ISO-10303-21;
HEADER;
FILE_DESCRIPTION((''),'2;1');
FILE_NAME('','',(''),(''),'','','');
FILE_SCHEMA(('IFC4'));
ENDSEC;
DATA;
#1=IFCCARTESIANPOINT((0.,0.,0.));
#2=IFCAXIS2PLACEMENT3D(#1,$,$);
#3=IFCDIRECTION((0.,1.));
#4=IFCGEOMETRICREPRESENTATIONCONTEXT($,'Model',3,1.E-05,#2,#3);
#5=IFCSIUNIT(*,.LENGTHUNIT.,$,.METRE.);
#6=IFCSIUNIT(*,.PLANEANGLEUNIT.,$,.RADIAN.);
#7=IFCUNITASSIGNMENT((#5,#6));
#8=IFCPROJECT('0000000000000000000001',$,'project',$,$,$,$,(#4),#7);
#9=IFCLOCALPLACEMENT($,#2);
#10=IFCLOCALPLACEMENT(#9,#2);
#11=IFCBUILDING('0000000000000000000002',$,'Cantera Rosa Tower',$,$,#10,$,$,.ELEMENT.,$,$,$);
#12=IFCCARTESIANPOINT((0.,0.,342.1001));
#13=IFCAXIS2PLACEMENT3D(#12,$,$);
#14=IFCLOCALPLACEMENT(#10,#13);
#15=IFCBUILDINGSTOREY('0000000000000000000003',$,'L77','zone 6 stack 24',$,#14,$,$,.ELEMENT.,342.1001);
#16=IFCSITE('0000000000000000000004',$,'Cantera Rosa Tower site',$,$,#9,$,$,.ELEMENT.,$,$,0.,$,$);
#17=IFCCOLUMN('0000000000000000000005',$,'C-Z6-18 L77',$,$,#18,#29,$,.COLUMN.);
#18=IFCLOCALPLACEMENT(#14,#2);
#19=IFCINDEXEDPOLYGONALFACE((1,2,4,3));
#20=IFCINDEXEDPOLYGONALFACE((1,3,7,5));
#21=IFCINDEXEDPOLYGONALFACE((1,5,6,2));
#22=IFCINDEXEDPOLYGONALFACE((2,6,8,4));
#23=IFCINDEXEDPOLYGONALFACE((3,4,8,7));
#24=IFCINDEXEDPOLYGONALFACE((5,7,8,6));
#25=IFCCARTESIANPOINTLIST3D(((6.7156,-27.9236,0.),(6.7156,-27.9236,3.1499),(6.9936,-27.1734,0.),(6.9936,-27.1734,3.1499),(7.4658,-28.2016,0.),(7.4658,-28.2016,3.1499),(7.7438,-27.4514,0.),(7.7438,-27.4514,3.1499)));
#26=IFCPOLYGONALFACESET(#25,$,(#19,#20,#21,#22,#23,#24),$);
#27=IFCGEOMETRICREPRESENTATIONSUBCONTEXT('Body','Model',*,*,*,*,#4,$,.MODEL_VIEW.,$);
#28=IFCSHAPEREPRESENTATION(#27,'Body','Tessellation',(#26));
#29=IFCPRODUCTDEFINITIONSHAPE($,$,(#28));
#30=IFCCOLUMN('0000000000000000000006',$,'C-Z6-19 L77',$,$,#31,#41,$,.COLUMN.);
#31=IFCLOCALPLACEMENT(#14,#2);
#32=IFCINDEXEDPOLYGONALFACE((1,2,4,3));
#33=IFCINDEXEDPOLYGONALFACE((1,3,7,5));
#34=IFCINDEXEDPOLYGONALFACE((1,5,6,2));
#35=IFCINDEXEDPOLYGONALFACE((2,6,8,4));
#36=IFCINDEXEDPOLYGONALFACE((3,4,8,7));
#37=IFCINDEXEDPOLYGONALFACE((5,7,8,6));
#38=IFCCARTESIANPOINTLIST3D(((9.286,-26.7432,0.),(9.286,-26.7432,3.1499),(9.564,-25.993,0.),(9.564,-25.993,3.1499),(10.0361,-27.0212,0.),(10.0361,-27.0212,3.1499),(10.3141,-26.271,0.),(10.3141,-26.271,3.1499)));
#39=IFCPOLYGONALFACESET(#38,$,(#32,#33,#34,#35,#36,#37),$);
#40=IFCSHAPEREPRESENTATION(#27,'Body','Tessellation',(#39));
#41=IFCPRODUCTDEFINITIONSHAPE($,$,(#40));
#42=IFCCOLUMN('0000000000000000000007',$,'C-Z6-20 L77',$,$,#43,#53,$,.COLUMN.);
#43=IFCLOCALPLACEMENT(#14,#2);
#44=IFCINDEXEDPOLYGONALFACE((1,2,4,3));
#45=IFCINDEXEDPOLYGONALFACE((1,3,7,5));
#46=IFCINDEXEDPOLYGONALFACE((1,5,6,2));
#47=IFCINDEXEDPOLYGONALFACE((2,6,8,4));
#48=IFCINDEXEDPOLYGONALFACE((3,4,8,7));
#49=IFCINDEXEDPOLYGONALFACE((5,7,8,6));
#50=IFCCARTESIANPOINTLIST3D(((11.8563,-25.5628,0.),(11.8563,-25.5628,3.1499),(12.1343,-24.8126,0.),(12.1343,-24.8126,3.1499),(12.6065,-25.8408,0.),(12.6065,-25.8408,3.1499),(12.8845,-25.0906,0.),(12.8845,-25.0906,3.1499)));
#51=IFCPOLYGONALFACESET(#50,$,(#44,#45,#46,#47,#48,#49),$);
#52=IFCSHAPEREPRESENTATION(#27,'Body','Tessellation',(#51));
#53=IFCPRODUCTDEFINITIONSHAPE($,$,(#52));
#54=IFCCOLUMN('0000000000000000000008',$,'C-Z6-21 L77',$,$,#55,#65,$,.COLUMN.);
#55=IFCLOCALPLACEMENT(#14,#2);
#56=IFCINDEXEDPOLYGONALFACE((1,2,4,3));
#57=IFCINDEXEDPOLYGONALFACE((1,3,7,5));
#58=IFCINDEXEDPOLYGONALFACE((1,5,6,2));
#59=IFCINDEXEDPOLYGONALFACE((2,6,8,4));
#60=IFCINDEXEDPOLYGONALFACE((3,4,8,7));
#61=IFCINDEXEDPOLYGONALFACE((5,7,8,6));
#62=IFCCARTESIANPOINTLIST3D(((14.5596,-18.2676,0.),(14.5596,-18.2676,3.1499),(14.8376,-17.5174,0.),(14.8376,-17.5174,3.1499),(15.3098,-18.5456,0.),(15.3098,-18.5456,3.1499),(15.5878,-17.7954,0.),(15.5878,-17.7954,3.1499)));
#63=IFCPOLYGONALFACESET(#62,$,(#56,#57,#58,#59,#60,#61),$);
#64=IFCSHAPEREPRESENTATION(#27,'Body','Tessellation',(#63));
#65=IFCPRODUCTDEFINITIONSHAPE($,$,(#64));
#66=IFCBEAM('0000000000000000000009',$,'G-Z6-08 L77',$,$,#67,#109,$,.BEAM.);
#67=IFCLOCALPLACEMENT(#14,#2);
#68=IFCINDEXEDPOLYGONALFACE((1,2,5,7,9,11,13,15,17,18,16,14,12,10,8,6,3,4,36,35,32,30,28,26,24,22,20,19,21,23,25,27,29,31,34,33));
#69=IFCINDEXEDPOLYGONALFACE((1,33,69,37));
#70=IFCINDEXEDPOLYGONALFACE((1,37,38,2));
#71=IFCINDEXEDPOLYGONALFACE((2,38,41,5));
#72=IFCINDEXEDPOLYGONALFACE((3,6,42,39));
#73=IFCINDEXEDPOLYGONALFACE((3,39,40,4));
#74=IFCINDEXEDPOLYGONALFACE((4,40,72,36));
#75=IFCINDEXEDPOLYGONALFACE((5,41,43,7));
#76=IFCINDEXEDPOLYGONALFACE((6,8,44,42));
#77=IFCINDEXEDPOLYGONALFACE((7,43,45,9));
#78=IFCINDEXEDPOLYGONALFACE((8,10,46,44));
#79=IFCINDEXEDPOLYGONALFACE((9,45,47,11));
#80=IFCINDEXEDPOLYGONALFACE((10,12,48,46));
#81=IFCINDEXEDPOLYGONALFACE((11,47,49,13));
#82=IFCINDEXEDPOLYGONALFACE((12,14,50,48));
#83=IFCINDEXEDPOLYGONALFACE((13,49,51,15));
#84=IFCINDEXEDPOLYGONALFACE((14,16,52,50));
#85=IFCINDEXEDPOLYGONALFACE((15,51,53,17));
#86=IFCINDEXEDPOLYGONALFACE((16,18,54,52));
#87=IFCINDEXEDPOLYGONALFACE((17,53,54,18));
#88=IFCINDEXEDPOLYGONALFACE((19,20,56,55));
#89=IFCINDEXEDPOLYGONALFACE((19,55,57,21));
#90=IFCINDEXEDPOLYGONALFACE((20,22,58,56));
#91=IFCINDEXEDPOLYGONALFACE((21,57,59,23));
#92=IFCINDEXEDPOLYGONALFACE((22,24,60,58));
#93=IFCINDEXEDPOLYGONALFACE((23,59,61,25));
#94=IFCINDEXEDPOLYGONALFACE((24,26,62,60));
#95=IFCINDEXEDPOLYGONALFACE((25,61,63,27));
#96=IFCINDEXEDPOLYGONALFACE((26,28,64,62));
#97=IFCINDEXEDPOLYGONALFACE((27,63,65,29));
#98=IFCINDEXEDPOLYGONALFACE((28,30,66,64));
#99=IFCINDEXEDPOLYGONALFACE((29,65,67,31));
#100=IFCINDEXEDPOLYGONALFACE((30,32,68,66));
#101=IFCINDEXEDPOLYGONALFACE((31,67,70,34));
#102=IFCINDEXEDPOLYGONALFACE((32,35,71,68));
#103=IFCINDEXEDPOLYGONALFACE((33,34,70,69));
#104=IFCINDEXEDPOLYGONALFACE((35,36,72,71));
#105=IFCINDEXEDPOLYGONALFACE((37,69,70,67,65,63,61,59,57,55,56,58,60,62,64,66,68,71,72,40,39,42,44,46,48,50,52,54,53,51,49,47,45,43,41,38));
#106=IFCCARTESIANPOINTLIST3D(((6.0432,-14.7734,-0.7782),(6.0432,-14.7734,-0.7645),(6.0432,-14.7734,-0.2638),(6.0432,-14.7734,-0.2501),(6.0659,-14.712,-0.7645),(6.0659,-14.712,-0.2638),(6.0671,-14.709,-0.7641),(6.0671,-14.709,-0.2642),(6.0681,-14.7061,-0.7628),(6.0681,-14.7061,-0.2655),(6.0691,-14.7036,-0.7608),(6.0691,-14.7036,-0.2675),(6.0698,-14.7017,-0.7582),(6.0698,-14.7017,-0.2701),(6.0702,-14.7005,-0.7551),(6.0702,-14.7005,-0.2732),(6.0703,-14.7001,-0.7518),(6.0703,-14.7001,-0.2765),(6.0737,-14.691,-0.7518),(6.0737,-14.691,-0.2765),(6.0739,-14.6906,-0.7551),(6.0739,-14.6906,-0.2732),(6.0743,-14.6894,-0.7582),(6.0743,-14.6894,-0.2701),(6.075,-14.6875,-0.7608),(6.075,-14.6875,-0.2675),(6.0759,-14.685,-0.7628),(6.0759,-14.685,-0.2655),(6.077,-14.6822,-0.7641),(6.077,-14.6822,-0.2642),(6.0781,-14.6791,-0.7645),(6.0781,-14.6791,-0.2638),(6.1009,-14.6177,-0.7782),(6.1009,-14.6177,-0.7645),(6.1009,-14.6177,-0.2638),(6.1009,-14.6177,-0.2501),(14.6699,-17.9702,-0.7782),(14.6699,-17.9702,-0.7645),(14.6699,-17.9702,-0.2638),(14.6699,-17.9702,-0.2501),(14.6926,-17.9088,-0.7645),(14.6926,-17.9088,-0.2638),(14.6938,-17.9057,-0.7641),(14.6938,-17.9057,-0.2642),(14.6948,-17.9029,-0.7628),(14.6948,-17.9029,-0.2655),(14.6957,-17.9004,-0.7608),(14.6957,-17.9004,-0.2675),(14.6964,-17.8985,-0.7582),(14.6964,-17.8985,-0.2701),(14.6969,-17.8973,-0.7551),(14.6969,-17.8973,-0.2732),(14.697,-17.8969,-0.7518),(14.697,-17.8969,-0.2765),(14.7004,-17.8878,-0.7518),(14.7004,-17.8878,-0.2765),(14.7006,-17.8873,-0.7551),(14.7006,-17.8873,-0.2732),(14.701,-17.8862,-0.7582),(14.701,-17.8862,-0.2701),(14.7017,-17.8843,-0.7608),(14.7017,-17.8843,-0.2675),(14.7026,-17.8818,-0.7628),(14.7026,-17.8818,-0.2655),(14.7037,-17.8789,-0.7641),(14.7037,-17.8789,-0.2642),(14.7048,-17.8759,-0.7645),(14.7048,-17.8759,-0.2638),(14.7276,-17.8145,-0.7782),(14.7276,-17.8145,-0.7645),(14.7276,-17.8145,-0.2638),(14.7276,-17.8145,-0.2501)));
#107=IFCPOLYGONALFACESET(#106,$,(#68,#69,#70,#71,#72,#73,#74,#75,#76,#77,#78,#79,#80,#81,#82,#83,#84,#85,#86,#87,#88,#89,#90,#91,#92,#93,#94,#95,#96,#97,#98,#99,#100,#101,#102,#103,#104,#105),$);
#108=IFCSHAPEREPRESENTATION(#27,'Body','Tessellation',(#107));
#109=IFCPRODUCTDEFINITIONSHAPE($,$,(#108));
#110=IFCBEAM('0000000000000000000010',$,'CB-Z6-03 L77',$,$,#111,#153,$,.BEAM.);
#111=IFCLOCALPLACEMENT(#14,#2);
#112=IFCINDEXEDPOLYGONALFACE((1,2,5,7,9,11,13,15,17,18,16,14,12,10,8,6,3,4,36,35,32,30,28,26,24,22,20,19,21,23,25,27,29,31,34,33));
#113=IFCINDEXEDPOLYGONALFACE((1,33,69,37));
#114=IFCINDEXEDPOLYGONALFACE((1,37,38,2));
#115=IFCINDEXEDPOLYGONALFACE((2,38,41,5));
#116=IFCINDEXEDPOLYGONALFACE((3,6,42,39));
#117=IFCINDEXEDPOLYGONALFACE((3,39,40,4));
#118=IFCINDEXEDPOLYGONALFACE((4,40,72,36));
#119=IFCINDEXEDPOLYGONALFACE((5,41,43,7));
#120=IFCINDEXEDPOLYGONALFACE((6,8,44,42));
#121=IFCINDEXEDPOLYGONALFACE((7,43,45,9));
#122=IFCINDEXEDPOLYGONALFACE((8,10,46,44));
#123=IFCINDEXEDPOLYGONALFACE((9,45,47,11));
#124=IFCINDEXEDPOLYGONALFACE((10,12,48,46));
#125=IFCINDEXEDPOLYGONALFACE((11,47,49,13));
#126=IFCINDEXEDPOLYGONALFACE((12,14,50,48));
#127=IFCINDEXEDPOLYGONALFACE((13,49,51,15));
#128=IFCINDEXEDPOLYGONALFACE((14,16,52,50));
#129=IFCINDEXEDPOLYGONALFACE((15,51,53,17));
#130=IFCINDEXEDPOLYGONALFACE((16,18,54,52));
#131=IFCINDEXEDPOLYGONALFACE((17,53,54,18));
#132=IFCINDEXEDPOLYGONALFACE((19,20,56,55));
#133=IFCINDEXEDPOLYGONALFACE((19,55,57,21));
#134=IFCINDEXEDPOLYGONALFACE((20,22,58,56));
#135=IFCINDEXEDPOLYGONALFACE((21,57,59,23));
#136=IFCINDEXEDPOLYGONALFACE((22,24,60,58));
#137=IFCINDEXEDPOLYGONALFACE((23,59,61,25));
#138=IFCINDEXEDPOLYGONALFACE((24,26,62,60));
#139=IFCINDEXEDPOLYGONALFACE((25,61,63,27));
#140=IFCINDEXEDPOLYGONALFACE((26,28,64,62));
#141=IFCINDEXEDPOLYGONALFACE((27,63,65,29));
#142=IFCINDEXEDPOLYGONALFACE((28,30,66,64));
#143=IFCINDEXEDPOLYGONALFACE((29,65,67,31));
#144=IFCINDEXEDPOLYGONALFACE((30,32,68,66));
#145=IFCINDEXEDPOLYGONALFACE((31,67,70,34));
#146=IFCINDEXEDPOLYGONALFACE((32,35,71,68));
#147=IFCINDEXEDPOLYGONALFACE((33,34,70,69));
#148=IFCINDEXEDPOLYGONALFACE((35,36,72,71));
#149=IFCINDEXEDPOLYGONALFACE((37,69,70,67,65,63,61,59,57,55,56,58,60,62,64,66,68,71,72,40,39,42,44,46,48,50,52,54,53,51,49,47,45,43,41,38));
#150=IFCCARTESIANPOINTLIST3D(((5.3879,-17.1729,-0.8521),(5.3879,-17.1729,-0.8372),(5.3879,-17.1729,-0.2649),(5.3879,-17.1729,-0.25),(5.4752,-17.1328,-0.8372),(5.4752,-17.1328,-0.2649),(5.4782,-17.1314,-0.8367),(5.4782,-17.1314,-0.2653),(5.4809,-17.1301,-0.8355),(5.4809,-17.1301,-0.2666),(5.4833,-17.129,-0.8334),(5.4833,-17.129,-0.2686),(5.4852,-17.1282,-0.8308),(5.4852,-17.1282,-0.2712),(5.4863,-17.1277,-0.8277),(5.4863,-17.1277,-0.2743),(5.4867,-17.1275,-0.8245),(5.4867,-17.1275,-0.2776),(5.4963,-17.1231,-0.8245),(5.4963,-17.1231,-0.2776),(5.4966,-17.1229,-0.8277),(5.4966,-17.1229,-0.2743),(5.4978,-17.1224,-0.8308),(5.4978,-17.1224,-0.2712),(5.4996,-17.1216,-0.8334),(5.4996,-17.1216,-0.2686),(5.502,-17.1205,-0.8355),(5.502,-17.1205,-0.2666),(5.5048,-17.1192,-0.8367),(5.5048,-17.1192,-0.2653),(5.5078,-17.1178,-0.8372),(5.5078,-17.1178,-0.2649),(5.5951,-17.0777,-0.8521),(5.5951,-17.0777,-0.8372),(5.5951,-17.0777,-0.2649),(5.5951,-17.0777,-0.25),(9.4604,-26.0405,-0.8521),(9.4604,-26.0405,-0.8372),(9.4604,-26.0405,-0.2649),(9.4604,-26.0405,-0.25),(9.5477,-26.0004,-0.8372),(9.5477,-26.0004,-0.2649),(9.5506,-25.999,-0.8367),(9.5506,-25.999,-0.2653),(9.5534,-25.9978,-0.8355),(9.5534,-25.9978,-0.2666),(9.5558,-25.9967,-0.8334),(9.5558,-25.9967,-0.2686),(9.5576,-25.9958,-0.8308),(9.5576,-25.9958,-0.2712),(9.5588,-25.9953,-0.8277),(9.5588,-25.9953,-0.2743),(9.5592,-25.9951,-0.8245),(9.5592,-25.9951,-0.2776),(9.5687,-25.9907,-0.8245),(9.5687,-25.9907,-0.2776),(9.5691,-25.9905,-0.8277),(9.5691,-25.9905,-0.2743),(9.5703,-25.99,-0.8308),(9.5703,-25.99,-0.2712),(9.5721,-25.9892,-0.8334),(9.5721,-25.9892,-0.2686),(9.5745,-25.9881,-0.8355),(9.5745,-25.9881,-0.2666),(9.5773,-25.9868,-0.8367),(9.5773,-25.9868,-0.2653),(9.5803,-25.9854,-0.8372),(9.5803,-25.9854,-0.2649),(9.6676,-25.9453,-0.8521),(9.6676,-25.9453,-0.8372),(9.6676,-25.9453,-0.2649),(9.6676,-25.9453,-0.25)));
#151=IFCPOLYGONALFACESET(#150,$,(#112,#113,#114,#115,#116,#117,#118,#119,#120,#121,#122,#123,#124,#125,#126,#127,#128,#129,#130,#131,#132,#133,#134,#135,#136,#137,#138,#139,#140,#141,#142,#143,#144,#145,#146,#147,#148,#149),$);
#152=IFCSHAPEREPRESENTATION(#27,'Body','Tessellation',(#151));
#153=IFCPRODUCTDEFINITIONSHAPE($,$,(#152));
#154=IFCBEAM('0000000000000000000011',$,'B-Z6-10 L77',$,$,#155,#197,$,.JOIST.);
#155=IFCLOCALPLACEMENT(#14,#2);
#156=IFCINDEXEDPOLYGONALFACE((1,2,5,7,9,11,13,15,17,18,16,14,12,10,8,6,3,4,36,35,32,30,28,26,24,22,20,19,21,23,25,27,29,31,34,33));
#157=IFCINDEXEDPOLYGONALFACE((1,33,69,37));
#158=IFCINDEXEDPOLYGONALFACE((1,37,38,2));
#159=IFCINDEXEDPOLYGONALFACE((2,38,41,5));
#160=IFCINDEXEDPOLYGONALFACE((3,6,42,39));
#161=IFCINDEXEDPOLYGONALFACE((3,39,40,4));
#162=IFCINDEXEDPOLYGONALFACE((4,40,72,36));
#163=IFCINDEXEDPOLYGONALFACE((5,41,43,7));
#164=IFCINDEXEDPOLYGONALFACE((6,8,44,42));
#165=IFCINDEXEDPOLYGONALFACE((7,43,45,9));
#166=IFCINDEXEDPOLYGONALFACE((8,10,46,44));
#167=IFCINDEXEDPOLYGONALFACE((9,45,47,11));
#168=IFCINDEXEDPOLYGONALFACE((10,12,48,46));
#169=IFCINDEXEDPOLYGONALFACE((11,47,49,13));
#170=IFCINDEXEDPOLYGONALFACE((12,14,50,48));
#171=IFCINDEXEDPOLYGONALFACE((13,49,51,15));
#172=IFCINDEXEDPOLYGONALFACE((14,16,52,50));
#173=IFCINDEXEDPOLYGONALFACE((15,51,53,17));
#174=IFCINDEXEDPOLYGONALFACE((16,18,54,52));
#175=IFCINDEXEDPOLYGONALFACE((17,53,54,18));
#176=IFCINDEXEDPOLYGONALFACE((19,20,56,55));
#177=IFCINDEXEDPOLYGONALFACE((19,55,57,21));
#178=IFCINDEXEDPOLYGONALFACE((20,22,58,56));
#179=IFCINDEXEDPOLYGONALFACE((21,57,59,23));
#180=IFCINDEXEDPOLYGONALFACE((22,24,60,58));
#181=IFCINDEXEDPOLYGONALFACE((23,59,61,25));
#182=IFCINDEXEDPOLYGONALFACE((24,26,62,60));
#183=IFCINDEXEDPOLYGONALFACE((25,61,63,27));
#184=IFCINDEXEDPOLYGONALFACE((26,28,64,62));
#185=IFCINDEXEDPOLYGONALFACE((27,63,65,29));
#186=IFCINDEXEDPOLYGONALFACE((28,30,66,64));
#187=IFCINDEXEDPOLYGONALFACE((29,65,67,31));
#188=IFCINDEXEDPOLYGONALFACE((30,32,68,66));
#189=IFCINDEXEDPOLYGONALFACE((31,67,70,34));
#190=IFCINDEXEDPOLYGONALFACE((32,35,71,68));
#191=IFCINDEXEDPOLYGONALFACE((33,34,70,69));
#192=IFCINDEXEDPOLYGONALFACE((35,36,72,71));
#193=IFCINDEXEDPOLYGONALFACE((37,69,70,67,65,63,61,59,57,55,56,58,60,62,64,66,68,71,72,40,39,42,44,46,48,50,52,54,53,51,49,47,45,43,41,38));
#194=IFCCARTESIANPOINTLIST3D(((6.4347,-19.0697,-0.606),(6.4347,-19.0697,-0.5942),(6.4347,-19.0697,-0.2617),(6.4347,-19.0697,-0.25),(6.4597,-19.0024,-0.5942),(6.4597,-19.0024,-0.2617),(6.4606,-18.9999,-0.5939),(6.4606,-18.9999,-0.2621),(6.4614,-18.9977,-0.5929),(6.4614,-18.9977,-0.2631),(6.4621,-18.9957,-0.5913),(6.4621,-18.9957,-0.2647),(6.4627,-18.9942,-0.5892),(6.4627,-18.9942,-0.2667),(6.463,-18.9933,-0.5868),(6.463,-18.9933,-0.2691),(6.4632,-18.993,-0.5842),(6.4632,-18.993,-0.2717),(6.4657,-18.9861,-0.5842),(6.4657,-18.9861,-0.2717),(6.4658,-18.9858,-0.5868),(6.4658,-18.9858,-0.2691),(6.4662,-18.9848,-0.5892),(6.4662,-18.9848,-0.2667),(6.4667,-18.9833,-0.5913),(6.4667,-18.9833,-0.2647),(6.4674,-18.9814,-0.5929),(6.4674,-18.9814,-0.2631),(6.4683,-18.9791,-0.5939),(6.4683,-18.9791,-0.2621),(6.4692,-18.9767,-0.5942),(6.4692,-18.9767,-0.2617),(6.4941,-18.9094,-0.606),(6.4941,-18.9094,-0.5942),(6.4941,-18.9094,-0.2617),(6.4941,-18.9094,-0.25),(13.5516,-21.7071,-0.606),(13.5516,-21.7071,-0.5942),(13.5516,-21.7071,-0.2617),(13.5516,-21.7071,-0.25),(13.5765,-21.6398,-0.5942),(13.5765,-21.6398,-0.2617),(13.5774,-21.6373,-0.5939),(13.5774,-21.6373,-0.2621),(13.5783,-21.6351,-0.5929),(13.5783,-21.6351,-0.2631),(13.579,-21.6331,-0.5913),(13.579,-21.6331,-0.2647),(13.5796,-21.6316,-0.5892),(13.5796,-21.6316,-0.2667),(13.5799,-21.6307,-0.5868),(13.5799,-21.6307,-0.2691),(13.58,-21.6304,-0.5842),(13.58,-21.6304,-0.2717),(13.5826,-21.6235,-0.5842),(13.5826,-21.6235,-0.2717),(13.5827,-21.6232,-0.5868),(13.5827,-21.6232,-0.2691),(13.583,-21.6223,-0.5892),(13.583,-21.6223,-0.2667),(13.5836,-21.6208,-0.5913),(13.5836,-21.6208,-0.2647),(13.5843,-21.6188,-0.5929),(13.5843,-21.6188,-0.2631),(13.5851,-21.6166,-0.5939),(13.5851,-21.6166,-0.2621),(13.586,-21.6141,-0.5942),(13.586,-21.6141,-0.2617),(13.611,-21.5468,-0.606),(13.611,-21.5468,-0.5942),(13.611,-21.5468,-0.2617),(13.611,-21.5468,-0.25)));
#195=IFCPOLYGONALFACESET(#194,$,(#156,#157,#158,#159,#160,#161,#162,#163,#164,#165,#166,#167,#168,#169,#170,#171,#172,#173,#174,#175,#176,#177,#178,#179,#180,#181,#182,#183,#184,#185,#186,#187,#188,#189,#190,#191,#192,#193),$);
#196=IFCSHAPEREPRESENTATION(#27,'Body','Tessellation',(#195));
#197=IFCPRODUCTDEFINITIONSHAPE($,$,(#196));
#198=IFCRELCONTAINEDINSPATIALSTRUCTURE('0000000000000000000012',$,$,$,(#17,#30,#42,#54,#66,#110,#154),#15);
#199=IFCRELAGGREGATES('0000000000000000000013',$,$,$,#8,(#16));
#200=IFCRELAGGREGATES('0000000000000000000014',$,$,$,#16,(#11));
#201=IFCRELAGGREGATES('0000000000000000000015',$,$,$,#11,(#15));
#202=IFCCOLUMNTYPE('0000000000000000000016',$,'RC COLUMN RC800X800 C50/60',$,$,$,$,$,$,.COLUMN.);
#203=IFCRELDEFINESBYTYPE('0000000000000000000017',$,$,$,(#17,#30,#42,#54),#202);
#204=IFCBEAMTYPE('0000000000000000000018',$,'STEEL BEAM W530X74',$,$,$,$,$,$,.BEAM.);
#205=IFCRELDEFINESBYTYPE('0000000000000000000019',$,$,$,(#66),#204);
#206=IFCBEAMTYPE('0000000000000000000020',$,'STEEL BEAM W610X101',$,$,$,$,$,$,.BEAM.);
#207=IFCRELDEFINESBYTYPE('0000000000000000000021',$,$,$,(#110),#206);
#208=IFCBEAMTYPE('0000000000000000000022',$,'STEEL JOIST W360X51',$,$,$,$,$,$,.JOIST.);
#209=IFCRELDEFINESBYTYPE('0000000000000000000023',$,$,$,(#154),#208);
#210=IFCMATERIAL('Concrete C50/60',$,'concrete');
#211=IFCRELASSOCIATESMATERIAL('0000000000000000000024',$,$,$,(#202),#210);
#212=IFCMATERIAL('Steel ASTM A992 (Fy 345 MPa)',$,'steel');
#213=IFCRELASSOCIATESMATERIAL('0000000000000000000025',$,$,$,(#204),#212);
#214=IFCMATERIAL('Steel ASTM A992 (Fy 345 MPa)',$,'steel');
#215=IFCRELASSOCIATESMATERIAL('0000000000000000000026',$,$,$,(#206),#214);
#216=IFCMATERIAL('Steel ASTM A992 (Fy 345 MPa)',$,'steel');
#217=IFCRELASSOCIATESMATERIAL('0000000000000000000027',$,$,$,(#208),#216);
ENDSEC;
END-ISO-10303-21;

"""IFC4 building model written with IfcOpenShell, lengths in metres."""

from ifc_helpers import new_model, si_unit, direction, frame, origin, origin_2d, place, context, subcontext, project, spatial, rectangle, i_section, extrude, material, material_profile, profile_set, type_object, element, save


model = new_model("IFC4")

# Units and contexts
model_context = context("Model", 3, precision=1e-05, world=origin(), true_north=direction((0.0, 1.0)))
body_context = subcontext(model_context, "Body", "Model", "MODEL_VIEW")
ifc_project = project(units=[si_unit("LENGTHUNIT", "METRE"), si_unit("PLANEANGLEUNIT", "RADIAN")], contexts=[model_context])

# Site, building, storey
site_placement = place(None, origin())
site = spatial("IfcSite", under=ifc_project, at=site_placement, Name="Cantera Rosa Tower site", CompositionType="ELEMENT", RefElevation=0.0)
building_placement = place(site_placement, origin())
building = spatial("IfcBuilding", under=site, at=building_placement, Name="Cantera Rosa Tower", CompositionType="ELEMENT")
storey_placement = place(building_placement, frame((0.0, 0.0, 342.1001)))
storey = spatial("IfcBuildingStorey", under=building, at=storey_placement, Name="L77", Description="zone 6 stack 24", CompositionType="ELEMENT", Elevation=342.1001)

# Columns
ifc_material_1 = material(Name="Concrete C50/60", Category="concrete")
ifc_material_profile_1 = material_profile(ifc_material_1, rectangle(XDim=0.8, YDim=0.8, at=origin_2d()), Name="RC COLUMN RC800X800 C50/60")
ifc_profile_set_1 = profile_set([ifc_material_profile_1], Name="Concrete C50/60")
column_type = type_object("IfcColumnType", Name="RC COLUMN RC800X800 C50/60", PredefinedType="COLUMN", material=ifc_profile_set_1)
for number, where, z_axis, x_axis, name in (
    (1, (7.2297, -27.6875, 0.0), (0.0, 0.0, 1.0), (0.347481, 0.937687, 0.0), "C-Z6-18 L77"),
    (2, (9.8, -26.5071, 0.0), (0.0, 0.0, 1.0), (0.347481, 0.937687, 0.0), "C-Z6-19 L77"),
    (3, (12.3704, -25.3267, 0.0), (0.0, 0.0, 1.0), (0.347481, 0.937687, 0.0), "C-Z6-20 L77"),
    (4, (15.0737, -18.0315, 0.0), (0.0, 0.0, 1.0), (0.347481, 0.937687, 0.0), "C-Z6-21 L77"),
):
    element("IfcColumn", number, at=place(storey_placement, frame(where, z_axis=z_axis, x_axis=x_axis)), inside=storey, type_object=column_type, Name=name, PredefinedType="COLUMN", context=body_context, shape_type="SweptSolid", body=[
        extrude(rectangle(XDim=0.8, YDim=0.8, at=origin_2d()), origin(), (0.0, 0.0, 1.0), 3.1499),
    ])

# Beams
ifc_material_2 = material(Name="Steel ASTM A992 (Fy 345 MPa)", Category="steel")
ifc_material_profile_2 = material_profile(ifc_material_2, i_section(OverallWidth=0.166, OverallDepth=0.5281, WebThickness=0.0098, FlangeThickness=0.0137, FilletRadius=0.0127, at=origin_2d()), Name="W530X74")
ifc_profile_set_2 = profile_set([ifc_material_profile_2], Name="Steel ASTM A992 (Fy 345 MPa)")
beam_type_1 = type_object("IfcBeamType", Name="STEEL BEAM W530X74", PredefinedType="BEAM", material=ifc_profile_set_2)
beam_1_placement = place(storey_placement, frame((14.6987, -17.8923, -0.5142), z_axis=(-0.937689, 0.347477, 0.0), x_axis=(-0.347477, -0.937689, 0.0)))
element("IfcBeam", 5, at=beam_1_placement, inside=storey, type_object=beam_type_1, Name="G-Z6-08 L77", PredefinedType="BEAM", context=body_context, shape_type="SweptSolid", body=[
    extrude(i_section(OverallWidth=0.166, OverallDepth=0.5281, WebThickness=0.0098, FlangeThickness=0.0137, FilletRadius=0.0127, at=origin_2d()), origin(), (0.0, 0.0, 1.0), 9.2),
])
ifc_material_3 = material(Name="Steel ASTM A992 (Fy 345 MPa)", Category="steel")
ifc_material_profile_3 = material_profile(ifc_material_3, i_section(OverallWidth=0.228, OverallDepth=0.6021, WebThickness=0.0105, FlangeThickness=0.0149, FilletRadius=0.0127, at=origin_2d()), Name="W610X101")
ifc_profile_set_3 = profile_set([ifc_material_profile_3], Name="Steel ASTM A992 (Fy 345 MPa)")
beam_type_2 = type_object("IfcBeamType", Name="STEEL BEAM W610X101", PredefinedType="BEAM", material=ifc_profile_set_3)
beam_2_placement = place(storey_placement, frame((9.564, -25.9929, -0.551), z_axis=(-0.417346, 0.908748, 0.0), x_axis=(-0.908748, -0.417346, 0.0)))
element("IfcBeam", 6, at=beam_2_placement, inside=storey, type_object=beam_type_2, Name="CB-Z6-03 L77", PredefinedType="BEAM", context=body_context, shape_type="SweptSolid", body=[
    extrude(i_section(OverallWidth=0.228, OverallDepth=0.6021, WebThickness=0.0105, FlangeThickness=0.0149, FilletRadius=0.0127, at=origin_2d()), origin(), (0.0, 0.0, 1.0), 9.7581),
])
ifc_material_4 = material(Name="Steel ASTM A992 (Fy 345 MPa)", Category="steel")
ifc_material_profile_4 = material_profile(ifc_material_4, i_section(OverallWidth=0.1709, OverallDepth=0.356, WebThickness=0.0073, FlangeThickness=0.0117, FilletRadius=0.01, at=origin_2d()), Name="W360X51")
ifc_profile_set_4 = profile_set([ifc_material_profile_4], Name="Steel ASTM A992 (Fy 345 MPa)")
beam_type_3 = type_object("IfcBeamType", Name="STEEL JOIST W360X51", PredefinedType="JOIST", material=ifc_profile_set_4)
beam_3_placement = place(storey_placement, frame((13.5813, -21.627, -0.428), z_axis=(-0.937682, 0.347493, 0.0), x_axis=(-0.347493, -0.937682, 0.0)))
element("IfcBeam", 7, at=beam_3_placement, inside=storey, type_object=beam_type_3, Name="B-Z6-10 L77", PredefinedType="JOIST", context=body_context, shape_type="SweptSolid", body=[
    extrude(i_section(OverallWidth=0.1709, OverallDepth=0.356, WebThickness=0.0073, FlangeThickness=0.0117, FilletRadius=0.01, at=origin_2d()), origin(), (0.0, 0.0, 1.0), 7.5898),
])

save(model, "model.ifc")
